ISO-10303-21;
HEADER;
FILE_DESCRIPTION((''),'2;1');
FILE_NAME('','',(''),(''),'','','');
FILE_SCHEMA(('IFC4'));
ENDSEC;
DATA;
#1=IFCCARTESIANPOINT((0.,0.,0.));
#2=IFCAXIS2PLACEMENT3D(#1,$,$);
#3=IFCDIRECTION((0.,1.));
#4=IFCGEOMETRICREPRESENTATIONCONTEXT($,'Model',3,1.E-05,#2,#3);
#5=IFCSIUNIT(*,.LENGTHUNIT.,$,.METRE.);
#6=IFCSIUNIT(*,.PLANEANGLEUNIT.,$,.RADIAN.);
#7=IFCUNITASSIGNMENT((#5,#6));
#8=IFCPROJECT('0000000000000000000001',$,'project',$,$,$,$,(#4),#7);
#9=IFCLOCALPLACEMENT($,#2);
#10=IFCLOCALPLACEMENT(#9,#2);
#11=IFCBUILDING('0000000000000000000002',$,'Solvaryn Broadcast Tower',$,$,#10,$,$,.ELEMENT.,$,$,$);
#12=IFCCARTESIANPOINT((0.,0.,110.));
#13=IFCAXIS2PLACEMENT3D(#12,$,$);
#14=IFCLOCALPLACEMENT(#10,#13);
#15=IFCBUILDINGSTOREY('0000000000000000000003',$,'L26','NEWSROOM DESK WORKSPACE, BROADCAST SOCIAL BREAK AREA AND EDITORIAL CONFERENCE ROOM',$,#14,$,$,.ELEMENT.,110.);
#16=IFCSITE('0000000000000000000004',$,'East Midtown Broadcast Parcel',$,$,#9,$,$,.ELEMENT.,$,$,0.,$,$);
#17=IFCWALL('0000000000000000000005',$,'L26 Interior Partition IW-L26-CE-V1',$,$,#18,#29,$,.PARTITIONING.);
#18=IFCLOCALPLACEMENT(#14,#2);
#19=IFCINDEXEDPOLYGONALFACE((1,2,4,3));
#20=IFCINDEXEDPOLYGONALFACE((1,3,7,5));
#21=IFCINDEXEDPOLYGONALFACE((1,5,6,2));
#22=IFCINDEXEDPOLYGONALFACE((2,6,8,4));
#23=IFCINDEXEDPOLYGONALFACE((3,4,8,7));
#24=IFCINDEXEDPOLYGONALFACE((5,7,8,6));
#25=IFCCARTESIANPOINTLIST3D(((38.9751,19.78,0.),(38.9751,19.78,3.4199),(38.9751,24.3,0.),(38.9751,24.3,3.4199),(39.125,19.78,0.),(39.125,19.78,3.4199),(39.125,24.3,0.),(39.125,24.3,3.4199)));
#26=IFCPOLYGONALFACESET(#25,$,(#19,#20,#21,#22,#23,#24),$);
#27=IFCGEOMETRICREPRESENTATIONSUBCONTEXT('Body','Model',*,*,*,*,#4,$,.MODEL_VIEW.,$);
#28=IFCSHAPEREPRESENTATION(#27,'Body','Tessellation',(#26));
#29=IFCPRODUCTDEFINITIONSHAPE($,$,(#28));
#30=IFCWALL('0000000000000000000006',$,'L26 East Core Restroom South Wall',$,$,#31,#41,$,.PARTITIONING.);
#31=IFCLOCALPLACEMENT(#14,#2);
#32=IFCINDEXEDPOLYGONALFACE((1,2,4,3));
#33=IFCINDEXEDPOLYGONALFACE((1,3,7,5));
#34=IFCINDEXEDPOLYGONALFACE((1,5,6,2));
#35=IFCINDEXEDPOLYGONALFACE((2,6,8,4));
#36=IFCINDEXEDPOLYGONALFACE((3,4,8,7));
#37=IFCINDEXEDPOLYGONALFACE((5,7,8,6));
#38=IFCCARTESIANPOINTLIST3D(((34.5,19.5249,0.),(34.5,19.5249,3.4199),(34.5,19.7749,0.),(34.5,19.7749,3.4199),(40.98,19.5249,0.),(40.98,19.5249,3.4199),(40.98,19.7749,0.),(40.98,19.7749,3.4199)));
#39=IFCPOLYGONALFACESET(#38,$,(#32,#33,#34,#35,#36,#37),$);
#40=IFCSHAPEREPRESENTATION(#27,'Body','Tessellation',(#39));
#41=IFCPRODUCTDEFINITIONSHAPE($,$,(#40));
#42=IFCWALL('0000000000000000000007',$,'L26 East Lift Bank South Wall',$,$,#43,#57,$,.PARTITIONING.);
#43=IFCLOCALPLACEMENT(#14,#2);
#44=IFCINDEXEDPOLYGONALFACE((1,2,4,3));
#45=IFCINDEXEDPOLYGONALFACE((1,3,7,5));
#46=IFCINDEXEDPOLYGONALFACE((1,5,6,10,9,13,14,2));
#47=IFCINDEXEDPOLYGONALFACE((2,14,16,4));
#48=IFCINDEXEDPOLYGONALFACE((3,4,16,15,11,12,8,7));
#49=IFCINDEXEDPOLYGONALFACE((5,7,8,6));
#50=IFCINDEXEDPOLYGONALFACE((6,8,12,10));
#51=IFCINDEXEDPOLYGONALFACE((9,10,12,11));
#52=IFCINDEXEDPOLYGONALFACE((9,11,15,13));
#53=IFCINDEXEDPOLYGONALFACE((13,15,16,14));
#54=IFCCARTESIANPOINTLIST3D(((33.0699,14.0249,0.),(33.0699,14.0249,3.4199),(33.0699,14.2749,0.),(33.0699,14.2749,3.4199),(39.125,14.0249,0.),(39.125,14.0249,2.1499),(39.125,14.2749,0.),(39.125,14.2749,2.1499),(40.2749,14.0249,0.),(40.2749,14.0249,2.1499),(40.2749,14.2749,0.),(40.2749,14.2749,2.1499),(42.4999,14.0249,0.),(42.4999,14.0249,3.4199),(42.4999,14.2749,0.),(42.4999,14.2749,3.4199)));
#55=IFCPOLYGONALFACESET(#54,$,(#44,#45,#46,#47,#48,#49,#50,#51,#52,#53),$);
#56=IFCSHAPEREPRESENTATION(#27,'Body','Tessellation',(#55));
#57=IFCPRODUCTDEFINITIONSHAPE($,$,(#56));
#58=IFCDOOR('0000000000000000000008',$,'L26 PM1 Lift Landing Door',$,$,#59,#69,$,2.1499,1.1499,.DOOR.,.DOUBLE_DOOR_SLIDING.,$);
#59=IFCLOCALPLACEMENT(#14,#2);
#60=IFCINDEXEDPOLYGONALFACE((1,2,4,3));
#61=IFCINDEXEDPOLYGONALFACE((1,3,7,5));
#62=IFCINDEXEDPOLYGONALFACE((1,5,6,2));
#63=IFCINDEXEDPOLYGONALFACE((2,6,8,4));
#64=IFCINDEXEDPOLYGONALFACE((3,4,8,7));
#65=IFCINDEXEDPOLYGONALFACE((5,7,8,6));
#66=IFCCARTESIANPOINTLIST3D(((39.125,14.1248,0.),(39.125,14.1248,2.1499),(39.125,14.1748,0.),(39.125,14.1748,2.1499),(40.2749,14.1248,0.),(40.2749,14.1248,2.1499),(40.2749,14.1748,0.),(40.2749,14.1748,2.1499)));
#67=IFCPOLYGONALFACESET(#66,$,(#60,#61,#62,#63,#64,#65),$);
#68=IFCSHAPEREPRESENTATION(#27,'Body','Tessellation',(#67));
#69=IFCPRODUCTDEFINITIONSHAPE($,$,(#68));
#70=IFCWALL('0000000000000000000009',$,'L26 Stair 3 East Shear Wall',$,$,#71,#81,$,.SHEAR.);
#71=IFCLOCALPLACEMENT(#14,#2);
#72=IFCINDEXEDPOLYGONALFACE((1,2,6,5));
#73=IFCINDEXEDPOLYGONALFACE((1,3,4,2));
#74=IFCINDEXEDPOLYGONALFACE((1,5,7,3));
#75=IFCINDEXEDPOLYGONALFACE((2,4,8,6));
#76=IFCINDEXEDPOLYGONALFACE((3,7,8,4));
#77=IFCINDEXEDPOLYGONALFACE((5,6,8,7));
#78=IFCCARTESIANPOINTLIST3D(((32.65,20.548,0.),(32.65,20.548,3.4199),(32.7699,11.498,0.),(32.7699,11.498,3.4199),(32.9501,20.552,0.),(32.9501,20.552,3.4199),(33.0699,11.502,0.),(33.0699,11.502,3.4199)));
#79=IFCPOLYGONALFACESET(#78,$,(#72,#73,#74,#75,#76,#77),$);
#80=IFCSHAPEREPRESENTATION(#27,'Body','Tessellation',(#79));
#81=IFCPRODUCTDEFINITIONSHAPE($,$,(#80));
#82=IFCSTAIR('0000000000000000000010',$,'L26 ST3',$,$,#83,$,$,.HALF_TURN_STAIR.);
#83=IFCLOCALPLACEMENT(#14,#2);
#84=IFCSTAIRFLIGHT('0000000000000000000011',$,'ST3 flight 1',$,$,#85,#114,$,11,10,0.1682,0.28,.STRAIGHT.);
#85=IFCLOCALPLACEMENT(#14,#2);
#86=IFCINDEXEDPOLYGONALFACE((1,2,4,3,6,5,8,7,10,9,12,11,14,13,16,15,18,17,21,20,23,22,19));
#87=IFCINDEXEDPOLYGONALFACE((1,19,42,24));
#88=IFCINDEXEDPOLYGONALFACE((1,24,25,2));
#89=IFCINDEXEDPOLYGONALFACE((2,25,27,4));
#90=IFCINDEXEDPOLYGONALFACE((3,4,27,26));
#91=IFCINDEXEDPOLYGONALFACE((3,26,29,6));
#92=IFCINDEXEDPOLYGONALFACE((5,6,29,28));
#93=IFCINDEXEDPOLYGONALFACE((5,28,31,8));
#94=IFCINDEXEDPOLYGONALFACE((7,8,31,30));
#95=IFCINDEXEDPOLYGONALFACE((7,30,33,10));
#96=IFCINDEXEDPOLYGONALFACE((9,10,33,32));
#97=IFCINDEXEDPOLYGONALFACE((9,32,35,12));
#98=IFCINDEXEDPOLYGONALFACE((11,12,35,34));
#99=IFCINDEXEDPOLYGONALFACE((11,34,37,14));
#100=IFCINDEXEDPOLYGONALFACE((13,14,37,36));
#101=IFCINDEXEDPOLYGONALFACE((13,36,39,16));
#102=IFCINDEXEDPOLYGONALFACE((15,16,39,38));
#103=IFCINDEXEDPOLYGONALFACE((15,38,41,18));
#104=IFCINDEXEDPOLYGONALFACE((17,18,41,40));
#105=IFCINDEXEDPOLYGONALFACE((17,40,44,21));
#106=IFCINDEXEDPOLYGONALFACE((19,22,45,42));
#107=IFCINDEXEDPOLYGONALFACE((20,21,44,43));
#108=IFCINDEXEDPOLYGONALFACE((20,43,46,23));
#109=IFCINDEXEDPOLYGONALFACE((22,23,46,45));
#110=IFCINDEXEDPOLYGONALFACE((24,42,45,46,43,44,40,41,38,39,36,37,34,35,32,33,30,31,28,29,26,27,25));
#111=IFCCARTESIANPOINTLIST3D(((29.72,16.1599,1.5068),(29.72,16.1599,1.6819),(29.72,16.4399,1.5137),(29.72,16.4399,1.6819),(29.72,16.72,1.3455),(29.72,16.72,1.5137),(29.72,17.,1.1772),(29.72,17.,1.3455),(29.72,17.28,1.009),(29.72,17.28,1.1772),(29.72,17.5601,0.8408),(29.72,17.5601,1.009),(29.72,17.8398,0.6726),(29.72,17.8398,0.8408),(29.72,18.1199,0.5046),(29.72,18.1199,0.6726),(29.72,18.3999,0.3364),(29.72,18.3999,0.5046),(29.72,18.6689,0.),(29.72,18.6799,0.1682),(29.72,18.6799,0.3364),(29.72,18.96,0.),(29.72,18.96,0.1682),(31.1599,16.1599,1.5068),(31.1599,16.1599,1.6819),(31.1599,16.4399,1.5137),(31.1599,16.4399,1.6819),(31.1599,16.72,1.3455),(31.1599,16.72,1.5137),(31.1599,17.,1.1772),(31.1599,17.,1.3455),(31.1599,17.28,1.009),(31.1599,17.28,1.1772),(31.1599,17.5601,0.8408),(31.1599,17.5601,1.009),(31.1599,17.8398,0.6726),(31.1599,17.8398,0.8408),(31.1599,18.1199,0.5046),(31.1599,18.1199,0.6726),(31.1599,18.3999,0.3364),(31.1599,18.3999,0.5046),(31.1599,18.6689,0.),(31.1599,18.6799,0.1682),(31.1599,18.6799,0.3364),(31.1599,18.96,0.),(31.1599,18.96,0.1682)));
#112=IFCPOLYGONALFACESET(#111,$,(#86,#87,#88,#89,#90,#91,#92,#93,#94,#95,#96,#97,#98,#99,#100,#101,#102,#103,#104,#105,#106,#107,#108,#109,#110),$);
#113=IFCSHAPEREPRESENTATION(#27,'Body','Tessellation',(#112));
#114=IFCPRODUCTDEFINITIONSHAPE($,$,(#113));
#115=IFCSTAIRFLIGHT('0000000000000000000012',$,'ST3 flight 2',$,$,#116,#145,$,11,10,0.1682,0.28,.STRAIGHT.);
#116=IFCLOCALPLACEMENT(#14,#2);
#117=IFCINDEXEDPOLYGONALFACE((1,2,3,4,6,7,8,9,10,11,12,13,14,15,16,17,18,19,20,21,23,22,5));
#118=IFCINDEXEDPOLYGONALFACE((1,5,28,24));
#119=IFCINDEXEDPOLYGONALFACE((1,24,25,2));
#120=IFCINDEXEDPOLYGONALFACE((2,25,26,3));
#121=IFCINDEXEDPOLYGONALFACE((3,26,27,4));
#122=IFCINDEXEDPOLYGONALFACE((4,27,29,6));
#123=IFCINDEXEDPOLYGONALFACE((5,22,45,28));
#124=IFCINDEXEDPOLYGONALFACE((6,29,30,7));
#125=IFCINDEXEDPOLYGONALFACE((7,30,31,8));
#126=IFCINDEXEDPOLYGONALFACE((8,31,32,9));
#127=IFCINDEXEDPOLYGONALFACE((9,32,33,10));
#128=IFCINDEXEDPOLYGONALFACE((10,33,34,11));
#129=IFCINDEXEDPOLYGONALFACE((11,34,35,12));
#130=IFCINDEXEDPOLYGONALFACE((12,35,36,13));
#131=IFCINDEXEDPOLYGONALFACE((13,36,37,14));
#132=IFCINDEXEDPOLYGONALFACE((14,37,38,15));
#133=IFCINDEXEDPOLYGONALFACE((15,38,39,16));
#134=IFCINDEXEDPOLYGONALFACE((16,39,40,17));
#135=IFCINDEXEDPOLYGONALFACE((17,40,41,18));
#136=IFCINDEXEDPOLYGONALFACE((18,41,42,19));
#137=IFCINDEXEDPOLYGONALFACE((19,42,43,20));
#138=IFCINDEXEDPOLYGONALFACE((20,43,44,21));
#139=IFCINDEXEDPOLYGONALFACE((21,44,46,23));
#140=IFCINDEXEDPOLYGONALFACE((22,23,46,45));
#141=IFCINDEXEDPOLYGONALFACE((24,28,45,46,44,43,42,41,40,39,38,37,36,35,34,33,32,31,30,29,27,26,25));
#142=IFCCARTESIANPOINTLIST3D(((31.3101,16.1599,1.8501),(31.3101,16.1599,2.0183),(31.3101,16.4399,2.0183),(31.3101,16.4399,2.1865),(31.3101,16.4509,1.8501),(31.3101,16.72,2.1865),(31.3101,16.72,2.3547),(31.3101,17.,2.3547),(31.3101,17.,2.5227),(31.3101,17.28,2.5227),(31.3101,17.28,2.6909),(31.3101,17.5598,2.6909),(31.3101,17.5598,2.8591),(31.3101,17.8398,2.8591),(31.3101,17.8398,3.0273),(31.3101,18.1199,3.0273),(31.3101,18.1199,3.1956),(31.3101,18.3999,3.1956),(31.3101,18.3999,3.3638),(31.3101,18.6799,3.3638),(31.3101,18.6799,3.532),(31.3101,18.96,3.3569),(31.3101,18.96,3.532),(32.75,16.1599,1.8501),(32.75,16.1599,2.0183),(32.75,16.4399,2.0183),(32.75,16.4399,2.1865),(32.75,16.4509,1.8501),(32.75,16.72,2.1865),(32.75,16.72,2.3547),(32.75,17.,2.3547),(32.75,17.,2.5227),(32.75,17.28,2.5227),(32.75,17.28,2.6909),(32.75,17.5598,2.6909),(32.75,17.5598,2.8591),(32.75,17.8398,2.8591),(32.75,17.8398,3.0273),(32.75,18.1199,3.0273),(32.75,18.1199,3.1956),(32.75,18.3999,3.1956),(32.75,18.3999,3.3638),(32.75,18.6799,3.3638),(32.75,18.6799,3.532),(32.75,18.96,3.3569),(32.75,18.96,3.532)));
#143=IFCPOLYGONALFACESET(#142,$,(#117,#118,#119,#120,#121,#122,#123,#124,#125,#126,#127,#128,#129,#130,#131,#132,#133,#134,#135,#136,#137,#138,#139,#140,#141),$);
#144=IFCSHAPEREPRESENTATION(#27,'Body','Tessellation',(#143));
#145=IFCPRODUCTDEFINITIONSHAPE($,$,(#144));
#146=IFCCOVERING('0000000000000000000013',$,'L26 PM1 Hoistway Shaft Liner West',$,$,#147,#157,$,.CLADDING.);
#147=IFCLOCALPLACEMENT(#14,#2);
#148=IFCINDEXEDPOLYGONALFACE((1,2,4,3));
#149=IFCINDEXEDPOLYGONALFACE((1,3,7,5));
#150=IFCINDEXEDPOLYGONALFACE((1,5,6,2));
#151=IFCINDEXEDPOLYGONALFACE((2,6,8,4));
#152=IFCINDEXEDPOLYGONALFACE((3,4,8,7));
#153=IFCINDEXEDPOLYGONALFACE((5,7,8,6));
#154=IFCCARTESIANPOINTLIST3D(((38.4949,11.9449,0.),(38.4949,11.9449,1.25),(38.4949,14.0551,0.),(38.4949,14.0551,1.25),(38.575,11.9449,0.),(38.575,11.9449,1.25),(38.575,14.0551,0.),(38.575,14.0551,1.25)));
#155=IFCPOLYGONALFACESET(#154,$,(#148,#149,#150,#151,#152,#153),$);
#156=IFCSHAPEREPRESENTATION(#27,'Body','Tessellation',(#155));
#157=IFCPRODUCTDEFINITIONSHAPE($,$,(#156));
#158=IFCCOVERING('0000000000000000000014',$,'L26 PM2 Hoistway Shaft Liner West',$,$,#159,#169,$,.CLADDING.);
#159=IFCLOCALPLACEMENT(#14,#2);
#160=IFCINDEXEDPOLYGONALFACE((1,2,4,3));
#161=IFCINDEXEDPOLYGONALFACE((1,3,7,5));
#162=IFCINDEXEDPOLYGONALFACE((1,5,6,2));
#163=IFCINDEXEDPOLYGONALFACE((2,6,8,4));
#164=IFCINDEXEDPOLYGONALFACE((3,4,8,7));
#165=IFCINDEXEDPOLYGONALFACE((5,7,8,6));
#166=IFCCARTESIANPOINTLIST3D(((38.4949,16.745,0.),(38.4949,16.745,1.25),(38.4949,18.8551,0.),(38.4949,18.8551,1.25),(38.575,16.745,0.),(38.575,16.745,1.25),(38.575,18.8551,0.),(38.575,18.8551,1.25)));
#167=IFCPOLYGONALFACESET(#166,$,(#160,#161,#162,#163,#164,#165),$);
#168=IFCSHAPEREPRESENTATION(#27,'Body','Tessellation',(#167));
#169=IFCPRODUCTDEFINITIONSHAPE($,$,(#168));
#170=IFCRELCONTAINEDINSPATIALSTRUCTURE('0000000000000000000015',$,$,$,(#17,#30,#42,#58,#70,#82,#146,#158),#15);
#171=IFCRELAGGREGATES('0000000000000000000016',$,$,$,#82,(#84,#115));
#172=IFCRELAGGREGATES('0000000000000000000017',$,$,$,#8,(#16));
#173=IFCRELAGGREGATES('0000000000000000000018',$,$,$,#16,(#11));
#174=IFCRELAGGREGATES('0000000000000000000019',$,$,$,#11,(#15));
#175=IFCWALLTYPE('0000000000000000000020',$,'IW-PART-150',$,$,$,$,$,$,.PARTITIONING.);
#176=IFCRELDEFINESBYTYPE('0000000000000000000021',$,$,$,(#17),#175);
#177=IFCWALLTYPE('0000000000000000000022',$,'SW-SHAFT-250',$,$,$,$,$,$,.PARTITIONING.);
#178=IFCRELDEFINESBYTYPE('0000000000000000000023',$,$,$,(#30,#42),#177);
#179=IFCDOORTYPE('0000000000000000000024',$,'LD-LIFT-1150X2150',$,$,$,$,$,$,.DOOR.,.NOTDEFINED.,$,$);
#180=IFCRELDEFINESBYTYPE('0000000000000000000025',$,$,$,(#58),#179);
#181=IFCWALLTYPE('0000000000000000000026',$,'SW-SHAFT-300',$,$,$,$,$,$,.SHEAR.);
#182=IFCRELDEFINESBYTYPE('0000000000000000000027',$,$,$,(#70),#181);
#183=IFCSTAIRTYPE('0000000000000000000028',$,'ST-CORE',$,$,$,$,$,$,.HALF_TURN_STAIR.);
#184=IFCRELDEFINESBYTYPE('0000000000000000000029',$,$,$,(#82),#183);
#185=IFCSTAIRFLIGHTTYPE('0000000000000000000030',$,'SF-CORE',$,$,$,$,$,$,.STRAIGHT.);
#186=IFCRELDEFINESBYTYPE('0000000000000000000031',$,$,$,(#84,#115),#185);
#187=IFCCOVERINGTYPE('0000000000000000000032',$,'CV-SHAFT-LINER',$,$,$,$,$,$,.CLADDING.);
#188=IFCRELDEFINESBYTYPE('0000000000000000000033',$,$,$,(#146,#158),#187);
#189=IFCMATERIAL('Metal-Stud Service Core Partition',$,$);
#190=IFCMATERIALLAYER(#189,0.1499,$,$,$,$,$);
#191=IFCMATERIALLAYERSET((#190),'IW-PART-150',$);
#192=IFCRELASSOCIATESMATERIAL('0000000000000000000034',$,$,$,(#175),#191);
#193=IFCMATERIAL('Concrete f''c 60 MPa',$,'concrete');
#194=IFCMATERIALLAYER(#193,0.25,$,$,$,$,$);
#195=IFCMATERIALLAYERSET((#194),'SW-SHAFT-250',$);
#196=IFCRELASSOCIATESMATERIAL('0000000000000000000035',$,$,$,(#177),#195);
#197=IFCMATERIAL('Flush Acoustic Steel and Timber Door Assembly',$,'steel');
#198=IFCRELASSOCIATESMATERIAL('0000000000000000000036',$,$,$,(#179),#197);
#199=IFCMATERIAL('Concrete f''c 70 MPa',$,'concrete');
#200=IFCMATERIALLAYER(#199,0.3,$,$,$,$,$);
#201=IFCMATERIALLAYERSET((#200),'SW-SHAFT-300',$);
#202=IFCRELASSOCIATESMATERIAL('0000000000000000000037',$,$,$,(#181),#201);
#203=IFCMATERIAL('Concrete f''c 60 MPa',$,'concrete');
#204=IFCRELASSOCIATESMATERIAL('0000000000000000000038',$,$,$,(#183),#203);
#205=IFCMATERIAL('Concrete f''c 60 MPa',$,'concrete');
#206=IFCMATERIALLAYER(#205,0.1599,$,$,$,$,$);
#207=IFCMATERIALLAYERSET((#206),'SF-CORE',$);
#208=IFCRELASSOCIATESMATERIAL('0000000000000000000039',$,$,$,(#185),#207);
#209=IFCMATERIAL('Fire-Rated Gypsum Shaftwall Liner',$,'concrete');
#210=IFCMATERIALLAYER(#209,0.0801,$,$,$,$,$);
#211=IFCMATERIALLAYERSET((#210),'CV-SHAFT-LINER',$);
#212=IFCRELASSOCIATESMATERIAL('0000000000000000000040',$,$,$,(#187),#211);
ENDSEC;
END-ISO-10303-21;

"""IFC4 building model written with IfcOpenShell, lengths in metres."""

from ifc_helpers import new_model, si_unit, direction, frame, frame_2d, origin, origin_2d, place, context, subcontext, project, spatial, polyline, rectangle, outline, extrude, material, layer, layer_set, type_object, element, fill, aggregate, save


model = new_model("IFC4")

# Units and contexts
model_context = context("Model", 3, precision=1e-05, world=origin(), true_north=direction((0.0, 1.0)))
body_context = subcontext(model_context, "Body", "Model", "MODEL_VIEW")
ifc_project = project(units=[si_unit("LENGTHUNIT", "METRE"), si_unit("PLANEANGLEUNIT", "RADIAN")], contexts=[model_context])

# Site, building, storey
site_placement = place(None, origin())
site = spatial("IfcSite", under=ifc_project, at=site_placement, Name="East Midtown Broadcast Parcel", CompositionType="ELEMENT", RefElevation=0.0)
building_placement = place(site_placement, origin())
building = spatial("IfcBuilding", under=site, at=building_placement, Name="Solvaryn Broadcast Tower", CompositionType="ELEMENT")
storey_placement = place(building_placement, frame((0.0, 0.0, 110.0)))
storey = spatial("IfcBuildingStorey", under=building, at=storey_placement, Name="L26", Description="NEWSROOM DESK WORKSPACE, BROADCAST SOCIAL BREAK AREA AND EDITORIAL CONFERENCE ROOM", CompositionType="ELEMENT", Elevation=110.0)

# Walls
ifc_material_1 = material(Name="Metal-Stud Service Core Partition")
ifc_layer_1 = layer(ifc_material_1, 0.1499)
ifc_layer_set_1 = layer_set([ifc_layer_1], Name="IW-PART-150")
wall_type_1 = type_object("IfcWallType", Name="IW-PART-150", PredefinedType="PARTITIONING", material=ifc_layer_set_1)
for number, where, z_axis, x_axis, name in (
    (1, (39.05, 19.78, 0.0), (0.0, 0.0, 1.0), (0.0, 1.0, 0.0), "L26 Interior Partition IW-L26-CE-V1"),
):
    element("IfcWall", number, at=place(storey_placement, frame(where, z_axis=z_axis, x_axis=x_axis)), inside=storey, type_object=wall_type_1, Name=name, PredefinedType="PARTITIONING", context=body_context, shape_type="SweptSolid", body=[
        extrude(rectangle(XDim=4.52, YDim=0.1499, at=frame_2d((2.26, 0.0))), origin(), (0.0, 0.0, 1.0), 3.4199),
    ])
ifc_material_2 = material(Name="Concrete f'c 60 MPa", Category="concrete")
ifc_layer_2 = layer(ifc_material_2, 0.25)
ifc_layer_set_2 = layer_set([ifc_layer_2], Name="SW-SHAFT-250")
wall_type_2 = type_object("IfcWallType", Name="SW-SHAFT-250", PredefinedType="PARTITIONING", material=ifc_layer_set_2)
wall_1_placement = place(storey_placement, frame((34.5, 19.6499, 0.0), z_axis=(0.0, 0.0, 1.0), x_axis=(1.0, 0.0, 0.0)))
element("IfcWall", 2, at=wall_1_placement, inside=storey, type_object=wall_type_2, Name="L26 East Core Restroom South Wall", PredefinedType="PARTITIONING", context=body_context, shape_type="SweptSolid", body=[
    extrude(rectangle(XDim=6.48, YDim=0.25, at=frame_2d((3.24, 0.0))), origin(), (0.0, 0.0, 1.0), 3.4199),
])

# Wall, opening, door
wall_2_placement = place(storey_placement, frame((33.0701, 14.1499, 0.0), z_axis=(0.0, 0.0, 1.0), x_axis=(1.0, 0.0, 0.0)))
wall_2 = element("IfcWall", 3, at=wall_2_placement, inside=storey, type_object=wall_type_2, Name="L26 East Lift Bank South Wall", PredefinedType="PARTITIONING", context=body_context, shape_type="SweptSolid", body=[
    extrude(rectangle(XDim=9.4299, YDim=0.25, at=frame_2d((4.7148, 0.0))), origin(), (0.0, 0.0, 1.0), 3.4199),
])
opening_placement = place(wall_2_placement, frame((6.0549, 0.0, 0.0)))
opening = element("IfcOpeningElement", 4, at=opening_placement, cuts=wall_2, PredefinedType="OPENING", context=body_context, shape_type="SweptSolid", body=[
    extrude(rectangle(XDim=1.1499, YDim=2.1499, at=frame_2d((0.575, 1.075))), frame((0.0, 0.135, 0.0), z_axis=(0.0, -1.0, 0.0), x_axis=(1.0, 0.0, 0.0)), (0.0, 0.0, 1.0), 0.27),
])
ifc_material_3 = material(Name="Flush Acoustic Steel and Timber Door Assembly", Category="steel")
door_type = type_object("IfcDoorType", Name="LD-LIFT-1150X2150", OperationType="NOTDEFINED", PredefinedType="DOOR", material=ifc_material_3)
door_placement = place(opening_placement, origin())
door = element("IfcDoor", 5, at=door_placement, inside=storey, type_object=door_type, Name="L26 PM1 Lift Landing Door", OperationType="DOUBLE_DOOR_SLIDING", OverallHeight=2.1499, OverallWidth=1.1499, PredefinedType="DOOR", context=body_context, shape_type="SweptSolid", body=[
    extrude(rectangle(XDim=1.1499, YDim=2.1499, at=frame_2d((0.575, 1.075))), frame((0.0, 0.0249, 0.0), z_axis=(0.0, -1.0, 0.0), x_axis=(1.0, 0.0, 0.0)), (0.0, 0.0, 1.0), 0.05),
])
fill(opening, door)

# Wall
ifc_material_4 = material(Name="Concrete f'c 70 MPa", Category="concrete")
ifc_layer_3 = layer(ifc_material_4, 0.3)
ifc_layer_set_3 = layer_set([ifc_layer_3], Name="SW-SHAFT-300")
wall_type_3 = type_object("IfcWallType", Name="SW-SHAFT-300", PredefinedType="SHEAR", material=ifc_layer_set_3)
wall_3_placement = place(storey_placement, frame((32.9199, 11.5, 0.0), z_axis=(0.0, 0.0, 1.0), x_axis=(-0.013244, 0.999912, 0.0)))
element("IfcWall", 6, at=wall_3_placement, inside=storey, type_object=wall_type_3, Name="L26 Stair 3 East Shear Wall", PredefinedType="SHEAR", context=body_context, shape_type="SweptSolid", body=[
    extrude(rectangle(XDim=9.0508, YDim=0.3, at=frame_2d((4.5254, 0.0))), origin(), (0.0, 0.0, 1.0), 3.4199),
])

# Stair, stair flights
ifc_material_5 = material(Name="Concrete f'c 60 MPa", Category="concrete")
stair_type = type_object("IfcStairType", Name="ST-CORE", PredefinedType="HALF_TURN_STAIR", material=ifc_material_5)
stair_placement = place(storey_placement, origin())
stair = element("IfcStair", 7, at=stair_placement, inside=storey, type_object=stair_type, Name="L26 ST3", PredefinedType="HALF_TURN_STAIR")
ifc_material_6 = material(Name="Concrete f'c 60 MPa", Category="concrete")
ifc_layer_4 = layer(ifc_material_6, 0.1599)
ifc_layer_set_4 = layer_set([ifc_layer_4], Name="SF-CORE")
stair_flight_type = type_object("IfcStairFlightType", Name="SF-CORE", PredefinedType="STRAIGHT", material=ifc_layer_set_4)
stair_flight_1_placement = place(storey_placement, frame((30.4399, 18.96, 0.0), z_axis=(0.0, 0.0, 1.0), x_axis=(0.0, -1.0, 0.0)))
stair_flight_1 = element("IfcStairFlight", 8, at=stair_flight_1_placement, type_object=stair_flight_type, Name="ST3 flight 1", NumberOfRisers=11, NumberOfTreads=10, PredefinedType="STRAIGHT", RiserHeight=0.1682, TreadLength=0.28, context=body_context, shape_type="SweptSolid", body=[
    extrude(outline(polyline([(0.0, 0.0), (0.0, 0.1682), (0.28, 0.1682), (0.28, 0.3364), (0.5601, 0.3364), (0.5601, 0.5046), (0.8401, 0.5046), (0.8401, 0.6726), (1.1201, 0.6726), (1.1201, 0.8408), (1.3999, 0.8408), (1.3999, 1.009), (1.6799, 1.009), (1.6799, 1.1772), (1.96, 1.1772), (1.96, 1.3455), (2.24, 1.3455), (2.24, 1.5137), (2.52, 1.5137), (2.52, 1.6819), (2.8, 1.6819), (2.8, 1.8501), (2.8, 1.5068), (0.291, 0.0), (0.0, 0.0)])), frame((0.0, 0.72, 0.0), z_axis=(0.0, -1.0, 0.0), x_axis=(1.0, 0.0, 0.0)), (0.0, 0.0, 1.0), 1.4399),
])
stair_flight_2_placement = place(storey_placement, frame((32.03, 16.1599, 1.8501), z_axis=(0.0, 0.0, 1.0), x_axis=(0.0, 1.0, 0.0)))
stair_flight_2 = element("IfcStairFlight", 9, at=stair_flight_2_placement, type_object=stair_flight_type, Name="ST3 flight 2", NumberOfRisers=11, NumberOfTreads=10, PredefinedType="STRAIGHT", RiserHeight=0.1682, TreadLength=0.28, context=body_context, shape_type="SweptSolid", body=[
    extrude(outline(polyline([(0.0, 0.0), (0.0, 0.1682), (0.28, 0.1682), (0.28, 0.3364), (0.5601, 0.3364), (0.5601, 0.5046), (0.8401, 0.5046), (0.8401, 0.6726), (1.1201, 0.6726), (1.1201, 0.8408), (1.3999, 0.8408), (1.3999, 1.009), (1.6799, 1.009), (1.6799, 1.1772), (1.96, 1.1772), (1.96, 1.3455), (2.24, 1.3455), (2.24, 1.5137), (2.52, 1.5137), (2.52, 1.6819), (2.8, 1.6819), (2.8, 1.8501), (2.8, 1.5068), (0.291, 0.0), (0.0, 0.0)])), frame((0.0, 0.72, 0.0), z_axis=(0.0, -1.0, 0.0), x_axis=(1.0, 0.0, 0.0)), (0.0, 0.0, 1.0), 1.4399),
])
aggregate(stair, [stair_flight_1, stair_flight_2])

# Coverings
ifc_material_7 = material(Name="Fire-Rated Gypsum Shaftwall Liner", Category="concrete")
ifc_layer_5 = layer(ifc_material_7, 0.0801)
ifc_layer_set_5 = layer_set([ifc_layer_5], Name="CV-SHAFT-LINER")
covering_type = type_object("IfcCoveringType", Name="CV-SHAFT-LINER", PredefinedType="CLADDING", material=ifc_layer_set_5)
for number, where, z_axis, x_axis, name in (
    (10, (38.5349, 13.0, 0.0), (0.0, 0.0, 1.0), (1.0, 0.0, 0.0), "L26 PM1 Hoistway Shaft Liner West"),
    (11, (38.5349, 17.8, 0.0), (0.0, 0.0, 1.0), (1.0, 0.0, 0.0), "L26 PM2 Hoistway Shaft Liner West"),
):
    element("IfcCovering", number, at=place(storey_placement, frame(where, z_axis=z_axis, x_axis=x_axis)), inside=storey, type_object=covering_type, Name=name, PredefinedType="CLADDING", context=body_context, shape_type="SweptSolid", body=[
        extrude(rectangle(XDim=0.0801, YDim=2.1101, at=origin_2d()), origin(), (0.0, 0.0, 1.0), 1.25),
    ])

save(model, "model.ifc")
